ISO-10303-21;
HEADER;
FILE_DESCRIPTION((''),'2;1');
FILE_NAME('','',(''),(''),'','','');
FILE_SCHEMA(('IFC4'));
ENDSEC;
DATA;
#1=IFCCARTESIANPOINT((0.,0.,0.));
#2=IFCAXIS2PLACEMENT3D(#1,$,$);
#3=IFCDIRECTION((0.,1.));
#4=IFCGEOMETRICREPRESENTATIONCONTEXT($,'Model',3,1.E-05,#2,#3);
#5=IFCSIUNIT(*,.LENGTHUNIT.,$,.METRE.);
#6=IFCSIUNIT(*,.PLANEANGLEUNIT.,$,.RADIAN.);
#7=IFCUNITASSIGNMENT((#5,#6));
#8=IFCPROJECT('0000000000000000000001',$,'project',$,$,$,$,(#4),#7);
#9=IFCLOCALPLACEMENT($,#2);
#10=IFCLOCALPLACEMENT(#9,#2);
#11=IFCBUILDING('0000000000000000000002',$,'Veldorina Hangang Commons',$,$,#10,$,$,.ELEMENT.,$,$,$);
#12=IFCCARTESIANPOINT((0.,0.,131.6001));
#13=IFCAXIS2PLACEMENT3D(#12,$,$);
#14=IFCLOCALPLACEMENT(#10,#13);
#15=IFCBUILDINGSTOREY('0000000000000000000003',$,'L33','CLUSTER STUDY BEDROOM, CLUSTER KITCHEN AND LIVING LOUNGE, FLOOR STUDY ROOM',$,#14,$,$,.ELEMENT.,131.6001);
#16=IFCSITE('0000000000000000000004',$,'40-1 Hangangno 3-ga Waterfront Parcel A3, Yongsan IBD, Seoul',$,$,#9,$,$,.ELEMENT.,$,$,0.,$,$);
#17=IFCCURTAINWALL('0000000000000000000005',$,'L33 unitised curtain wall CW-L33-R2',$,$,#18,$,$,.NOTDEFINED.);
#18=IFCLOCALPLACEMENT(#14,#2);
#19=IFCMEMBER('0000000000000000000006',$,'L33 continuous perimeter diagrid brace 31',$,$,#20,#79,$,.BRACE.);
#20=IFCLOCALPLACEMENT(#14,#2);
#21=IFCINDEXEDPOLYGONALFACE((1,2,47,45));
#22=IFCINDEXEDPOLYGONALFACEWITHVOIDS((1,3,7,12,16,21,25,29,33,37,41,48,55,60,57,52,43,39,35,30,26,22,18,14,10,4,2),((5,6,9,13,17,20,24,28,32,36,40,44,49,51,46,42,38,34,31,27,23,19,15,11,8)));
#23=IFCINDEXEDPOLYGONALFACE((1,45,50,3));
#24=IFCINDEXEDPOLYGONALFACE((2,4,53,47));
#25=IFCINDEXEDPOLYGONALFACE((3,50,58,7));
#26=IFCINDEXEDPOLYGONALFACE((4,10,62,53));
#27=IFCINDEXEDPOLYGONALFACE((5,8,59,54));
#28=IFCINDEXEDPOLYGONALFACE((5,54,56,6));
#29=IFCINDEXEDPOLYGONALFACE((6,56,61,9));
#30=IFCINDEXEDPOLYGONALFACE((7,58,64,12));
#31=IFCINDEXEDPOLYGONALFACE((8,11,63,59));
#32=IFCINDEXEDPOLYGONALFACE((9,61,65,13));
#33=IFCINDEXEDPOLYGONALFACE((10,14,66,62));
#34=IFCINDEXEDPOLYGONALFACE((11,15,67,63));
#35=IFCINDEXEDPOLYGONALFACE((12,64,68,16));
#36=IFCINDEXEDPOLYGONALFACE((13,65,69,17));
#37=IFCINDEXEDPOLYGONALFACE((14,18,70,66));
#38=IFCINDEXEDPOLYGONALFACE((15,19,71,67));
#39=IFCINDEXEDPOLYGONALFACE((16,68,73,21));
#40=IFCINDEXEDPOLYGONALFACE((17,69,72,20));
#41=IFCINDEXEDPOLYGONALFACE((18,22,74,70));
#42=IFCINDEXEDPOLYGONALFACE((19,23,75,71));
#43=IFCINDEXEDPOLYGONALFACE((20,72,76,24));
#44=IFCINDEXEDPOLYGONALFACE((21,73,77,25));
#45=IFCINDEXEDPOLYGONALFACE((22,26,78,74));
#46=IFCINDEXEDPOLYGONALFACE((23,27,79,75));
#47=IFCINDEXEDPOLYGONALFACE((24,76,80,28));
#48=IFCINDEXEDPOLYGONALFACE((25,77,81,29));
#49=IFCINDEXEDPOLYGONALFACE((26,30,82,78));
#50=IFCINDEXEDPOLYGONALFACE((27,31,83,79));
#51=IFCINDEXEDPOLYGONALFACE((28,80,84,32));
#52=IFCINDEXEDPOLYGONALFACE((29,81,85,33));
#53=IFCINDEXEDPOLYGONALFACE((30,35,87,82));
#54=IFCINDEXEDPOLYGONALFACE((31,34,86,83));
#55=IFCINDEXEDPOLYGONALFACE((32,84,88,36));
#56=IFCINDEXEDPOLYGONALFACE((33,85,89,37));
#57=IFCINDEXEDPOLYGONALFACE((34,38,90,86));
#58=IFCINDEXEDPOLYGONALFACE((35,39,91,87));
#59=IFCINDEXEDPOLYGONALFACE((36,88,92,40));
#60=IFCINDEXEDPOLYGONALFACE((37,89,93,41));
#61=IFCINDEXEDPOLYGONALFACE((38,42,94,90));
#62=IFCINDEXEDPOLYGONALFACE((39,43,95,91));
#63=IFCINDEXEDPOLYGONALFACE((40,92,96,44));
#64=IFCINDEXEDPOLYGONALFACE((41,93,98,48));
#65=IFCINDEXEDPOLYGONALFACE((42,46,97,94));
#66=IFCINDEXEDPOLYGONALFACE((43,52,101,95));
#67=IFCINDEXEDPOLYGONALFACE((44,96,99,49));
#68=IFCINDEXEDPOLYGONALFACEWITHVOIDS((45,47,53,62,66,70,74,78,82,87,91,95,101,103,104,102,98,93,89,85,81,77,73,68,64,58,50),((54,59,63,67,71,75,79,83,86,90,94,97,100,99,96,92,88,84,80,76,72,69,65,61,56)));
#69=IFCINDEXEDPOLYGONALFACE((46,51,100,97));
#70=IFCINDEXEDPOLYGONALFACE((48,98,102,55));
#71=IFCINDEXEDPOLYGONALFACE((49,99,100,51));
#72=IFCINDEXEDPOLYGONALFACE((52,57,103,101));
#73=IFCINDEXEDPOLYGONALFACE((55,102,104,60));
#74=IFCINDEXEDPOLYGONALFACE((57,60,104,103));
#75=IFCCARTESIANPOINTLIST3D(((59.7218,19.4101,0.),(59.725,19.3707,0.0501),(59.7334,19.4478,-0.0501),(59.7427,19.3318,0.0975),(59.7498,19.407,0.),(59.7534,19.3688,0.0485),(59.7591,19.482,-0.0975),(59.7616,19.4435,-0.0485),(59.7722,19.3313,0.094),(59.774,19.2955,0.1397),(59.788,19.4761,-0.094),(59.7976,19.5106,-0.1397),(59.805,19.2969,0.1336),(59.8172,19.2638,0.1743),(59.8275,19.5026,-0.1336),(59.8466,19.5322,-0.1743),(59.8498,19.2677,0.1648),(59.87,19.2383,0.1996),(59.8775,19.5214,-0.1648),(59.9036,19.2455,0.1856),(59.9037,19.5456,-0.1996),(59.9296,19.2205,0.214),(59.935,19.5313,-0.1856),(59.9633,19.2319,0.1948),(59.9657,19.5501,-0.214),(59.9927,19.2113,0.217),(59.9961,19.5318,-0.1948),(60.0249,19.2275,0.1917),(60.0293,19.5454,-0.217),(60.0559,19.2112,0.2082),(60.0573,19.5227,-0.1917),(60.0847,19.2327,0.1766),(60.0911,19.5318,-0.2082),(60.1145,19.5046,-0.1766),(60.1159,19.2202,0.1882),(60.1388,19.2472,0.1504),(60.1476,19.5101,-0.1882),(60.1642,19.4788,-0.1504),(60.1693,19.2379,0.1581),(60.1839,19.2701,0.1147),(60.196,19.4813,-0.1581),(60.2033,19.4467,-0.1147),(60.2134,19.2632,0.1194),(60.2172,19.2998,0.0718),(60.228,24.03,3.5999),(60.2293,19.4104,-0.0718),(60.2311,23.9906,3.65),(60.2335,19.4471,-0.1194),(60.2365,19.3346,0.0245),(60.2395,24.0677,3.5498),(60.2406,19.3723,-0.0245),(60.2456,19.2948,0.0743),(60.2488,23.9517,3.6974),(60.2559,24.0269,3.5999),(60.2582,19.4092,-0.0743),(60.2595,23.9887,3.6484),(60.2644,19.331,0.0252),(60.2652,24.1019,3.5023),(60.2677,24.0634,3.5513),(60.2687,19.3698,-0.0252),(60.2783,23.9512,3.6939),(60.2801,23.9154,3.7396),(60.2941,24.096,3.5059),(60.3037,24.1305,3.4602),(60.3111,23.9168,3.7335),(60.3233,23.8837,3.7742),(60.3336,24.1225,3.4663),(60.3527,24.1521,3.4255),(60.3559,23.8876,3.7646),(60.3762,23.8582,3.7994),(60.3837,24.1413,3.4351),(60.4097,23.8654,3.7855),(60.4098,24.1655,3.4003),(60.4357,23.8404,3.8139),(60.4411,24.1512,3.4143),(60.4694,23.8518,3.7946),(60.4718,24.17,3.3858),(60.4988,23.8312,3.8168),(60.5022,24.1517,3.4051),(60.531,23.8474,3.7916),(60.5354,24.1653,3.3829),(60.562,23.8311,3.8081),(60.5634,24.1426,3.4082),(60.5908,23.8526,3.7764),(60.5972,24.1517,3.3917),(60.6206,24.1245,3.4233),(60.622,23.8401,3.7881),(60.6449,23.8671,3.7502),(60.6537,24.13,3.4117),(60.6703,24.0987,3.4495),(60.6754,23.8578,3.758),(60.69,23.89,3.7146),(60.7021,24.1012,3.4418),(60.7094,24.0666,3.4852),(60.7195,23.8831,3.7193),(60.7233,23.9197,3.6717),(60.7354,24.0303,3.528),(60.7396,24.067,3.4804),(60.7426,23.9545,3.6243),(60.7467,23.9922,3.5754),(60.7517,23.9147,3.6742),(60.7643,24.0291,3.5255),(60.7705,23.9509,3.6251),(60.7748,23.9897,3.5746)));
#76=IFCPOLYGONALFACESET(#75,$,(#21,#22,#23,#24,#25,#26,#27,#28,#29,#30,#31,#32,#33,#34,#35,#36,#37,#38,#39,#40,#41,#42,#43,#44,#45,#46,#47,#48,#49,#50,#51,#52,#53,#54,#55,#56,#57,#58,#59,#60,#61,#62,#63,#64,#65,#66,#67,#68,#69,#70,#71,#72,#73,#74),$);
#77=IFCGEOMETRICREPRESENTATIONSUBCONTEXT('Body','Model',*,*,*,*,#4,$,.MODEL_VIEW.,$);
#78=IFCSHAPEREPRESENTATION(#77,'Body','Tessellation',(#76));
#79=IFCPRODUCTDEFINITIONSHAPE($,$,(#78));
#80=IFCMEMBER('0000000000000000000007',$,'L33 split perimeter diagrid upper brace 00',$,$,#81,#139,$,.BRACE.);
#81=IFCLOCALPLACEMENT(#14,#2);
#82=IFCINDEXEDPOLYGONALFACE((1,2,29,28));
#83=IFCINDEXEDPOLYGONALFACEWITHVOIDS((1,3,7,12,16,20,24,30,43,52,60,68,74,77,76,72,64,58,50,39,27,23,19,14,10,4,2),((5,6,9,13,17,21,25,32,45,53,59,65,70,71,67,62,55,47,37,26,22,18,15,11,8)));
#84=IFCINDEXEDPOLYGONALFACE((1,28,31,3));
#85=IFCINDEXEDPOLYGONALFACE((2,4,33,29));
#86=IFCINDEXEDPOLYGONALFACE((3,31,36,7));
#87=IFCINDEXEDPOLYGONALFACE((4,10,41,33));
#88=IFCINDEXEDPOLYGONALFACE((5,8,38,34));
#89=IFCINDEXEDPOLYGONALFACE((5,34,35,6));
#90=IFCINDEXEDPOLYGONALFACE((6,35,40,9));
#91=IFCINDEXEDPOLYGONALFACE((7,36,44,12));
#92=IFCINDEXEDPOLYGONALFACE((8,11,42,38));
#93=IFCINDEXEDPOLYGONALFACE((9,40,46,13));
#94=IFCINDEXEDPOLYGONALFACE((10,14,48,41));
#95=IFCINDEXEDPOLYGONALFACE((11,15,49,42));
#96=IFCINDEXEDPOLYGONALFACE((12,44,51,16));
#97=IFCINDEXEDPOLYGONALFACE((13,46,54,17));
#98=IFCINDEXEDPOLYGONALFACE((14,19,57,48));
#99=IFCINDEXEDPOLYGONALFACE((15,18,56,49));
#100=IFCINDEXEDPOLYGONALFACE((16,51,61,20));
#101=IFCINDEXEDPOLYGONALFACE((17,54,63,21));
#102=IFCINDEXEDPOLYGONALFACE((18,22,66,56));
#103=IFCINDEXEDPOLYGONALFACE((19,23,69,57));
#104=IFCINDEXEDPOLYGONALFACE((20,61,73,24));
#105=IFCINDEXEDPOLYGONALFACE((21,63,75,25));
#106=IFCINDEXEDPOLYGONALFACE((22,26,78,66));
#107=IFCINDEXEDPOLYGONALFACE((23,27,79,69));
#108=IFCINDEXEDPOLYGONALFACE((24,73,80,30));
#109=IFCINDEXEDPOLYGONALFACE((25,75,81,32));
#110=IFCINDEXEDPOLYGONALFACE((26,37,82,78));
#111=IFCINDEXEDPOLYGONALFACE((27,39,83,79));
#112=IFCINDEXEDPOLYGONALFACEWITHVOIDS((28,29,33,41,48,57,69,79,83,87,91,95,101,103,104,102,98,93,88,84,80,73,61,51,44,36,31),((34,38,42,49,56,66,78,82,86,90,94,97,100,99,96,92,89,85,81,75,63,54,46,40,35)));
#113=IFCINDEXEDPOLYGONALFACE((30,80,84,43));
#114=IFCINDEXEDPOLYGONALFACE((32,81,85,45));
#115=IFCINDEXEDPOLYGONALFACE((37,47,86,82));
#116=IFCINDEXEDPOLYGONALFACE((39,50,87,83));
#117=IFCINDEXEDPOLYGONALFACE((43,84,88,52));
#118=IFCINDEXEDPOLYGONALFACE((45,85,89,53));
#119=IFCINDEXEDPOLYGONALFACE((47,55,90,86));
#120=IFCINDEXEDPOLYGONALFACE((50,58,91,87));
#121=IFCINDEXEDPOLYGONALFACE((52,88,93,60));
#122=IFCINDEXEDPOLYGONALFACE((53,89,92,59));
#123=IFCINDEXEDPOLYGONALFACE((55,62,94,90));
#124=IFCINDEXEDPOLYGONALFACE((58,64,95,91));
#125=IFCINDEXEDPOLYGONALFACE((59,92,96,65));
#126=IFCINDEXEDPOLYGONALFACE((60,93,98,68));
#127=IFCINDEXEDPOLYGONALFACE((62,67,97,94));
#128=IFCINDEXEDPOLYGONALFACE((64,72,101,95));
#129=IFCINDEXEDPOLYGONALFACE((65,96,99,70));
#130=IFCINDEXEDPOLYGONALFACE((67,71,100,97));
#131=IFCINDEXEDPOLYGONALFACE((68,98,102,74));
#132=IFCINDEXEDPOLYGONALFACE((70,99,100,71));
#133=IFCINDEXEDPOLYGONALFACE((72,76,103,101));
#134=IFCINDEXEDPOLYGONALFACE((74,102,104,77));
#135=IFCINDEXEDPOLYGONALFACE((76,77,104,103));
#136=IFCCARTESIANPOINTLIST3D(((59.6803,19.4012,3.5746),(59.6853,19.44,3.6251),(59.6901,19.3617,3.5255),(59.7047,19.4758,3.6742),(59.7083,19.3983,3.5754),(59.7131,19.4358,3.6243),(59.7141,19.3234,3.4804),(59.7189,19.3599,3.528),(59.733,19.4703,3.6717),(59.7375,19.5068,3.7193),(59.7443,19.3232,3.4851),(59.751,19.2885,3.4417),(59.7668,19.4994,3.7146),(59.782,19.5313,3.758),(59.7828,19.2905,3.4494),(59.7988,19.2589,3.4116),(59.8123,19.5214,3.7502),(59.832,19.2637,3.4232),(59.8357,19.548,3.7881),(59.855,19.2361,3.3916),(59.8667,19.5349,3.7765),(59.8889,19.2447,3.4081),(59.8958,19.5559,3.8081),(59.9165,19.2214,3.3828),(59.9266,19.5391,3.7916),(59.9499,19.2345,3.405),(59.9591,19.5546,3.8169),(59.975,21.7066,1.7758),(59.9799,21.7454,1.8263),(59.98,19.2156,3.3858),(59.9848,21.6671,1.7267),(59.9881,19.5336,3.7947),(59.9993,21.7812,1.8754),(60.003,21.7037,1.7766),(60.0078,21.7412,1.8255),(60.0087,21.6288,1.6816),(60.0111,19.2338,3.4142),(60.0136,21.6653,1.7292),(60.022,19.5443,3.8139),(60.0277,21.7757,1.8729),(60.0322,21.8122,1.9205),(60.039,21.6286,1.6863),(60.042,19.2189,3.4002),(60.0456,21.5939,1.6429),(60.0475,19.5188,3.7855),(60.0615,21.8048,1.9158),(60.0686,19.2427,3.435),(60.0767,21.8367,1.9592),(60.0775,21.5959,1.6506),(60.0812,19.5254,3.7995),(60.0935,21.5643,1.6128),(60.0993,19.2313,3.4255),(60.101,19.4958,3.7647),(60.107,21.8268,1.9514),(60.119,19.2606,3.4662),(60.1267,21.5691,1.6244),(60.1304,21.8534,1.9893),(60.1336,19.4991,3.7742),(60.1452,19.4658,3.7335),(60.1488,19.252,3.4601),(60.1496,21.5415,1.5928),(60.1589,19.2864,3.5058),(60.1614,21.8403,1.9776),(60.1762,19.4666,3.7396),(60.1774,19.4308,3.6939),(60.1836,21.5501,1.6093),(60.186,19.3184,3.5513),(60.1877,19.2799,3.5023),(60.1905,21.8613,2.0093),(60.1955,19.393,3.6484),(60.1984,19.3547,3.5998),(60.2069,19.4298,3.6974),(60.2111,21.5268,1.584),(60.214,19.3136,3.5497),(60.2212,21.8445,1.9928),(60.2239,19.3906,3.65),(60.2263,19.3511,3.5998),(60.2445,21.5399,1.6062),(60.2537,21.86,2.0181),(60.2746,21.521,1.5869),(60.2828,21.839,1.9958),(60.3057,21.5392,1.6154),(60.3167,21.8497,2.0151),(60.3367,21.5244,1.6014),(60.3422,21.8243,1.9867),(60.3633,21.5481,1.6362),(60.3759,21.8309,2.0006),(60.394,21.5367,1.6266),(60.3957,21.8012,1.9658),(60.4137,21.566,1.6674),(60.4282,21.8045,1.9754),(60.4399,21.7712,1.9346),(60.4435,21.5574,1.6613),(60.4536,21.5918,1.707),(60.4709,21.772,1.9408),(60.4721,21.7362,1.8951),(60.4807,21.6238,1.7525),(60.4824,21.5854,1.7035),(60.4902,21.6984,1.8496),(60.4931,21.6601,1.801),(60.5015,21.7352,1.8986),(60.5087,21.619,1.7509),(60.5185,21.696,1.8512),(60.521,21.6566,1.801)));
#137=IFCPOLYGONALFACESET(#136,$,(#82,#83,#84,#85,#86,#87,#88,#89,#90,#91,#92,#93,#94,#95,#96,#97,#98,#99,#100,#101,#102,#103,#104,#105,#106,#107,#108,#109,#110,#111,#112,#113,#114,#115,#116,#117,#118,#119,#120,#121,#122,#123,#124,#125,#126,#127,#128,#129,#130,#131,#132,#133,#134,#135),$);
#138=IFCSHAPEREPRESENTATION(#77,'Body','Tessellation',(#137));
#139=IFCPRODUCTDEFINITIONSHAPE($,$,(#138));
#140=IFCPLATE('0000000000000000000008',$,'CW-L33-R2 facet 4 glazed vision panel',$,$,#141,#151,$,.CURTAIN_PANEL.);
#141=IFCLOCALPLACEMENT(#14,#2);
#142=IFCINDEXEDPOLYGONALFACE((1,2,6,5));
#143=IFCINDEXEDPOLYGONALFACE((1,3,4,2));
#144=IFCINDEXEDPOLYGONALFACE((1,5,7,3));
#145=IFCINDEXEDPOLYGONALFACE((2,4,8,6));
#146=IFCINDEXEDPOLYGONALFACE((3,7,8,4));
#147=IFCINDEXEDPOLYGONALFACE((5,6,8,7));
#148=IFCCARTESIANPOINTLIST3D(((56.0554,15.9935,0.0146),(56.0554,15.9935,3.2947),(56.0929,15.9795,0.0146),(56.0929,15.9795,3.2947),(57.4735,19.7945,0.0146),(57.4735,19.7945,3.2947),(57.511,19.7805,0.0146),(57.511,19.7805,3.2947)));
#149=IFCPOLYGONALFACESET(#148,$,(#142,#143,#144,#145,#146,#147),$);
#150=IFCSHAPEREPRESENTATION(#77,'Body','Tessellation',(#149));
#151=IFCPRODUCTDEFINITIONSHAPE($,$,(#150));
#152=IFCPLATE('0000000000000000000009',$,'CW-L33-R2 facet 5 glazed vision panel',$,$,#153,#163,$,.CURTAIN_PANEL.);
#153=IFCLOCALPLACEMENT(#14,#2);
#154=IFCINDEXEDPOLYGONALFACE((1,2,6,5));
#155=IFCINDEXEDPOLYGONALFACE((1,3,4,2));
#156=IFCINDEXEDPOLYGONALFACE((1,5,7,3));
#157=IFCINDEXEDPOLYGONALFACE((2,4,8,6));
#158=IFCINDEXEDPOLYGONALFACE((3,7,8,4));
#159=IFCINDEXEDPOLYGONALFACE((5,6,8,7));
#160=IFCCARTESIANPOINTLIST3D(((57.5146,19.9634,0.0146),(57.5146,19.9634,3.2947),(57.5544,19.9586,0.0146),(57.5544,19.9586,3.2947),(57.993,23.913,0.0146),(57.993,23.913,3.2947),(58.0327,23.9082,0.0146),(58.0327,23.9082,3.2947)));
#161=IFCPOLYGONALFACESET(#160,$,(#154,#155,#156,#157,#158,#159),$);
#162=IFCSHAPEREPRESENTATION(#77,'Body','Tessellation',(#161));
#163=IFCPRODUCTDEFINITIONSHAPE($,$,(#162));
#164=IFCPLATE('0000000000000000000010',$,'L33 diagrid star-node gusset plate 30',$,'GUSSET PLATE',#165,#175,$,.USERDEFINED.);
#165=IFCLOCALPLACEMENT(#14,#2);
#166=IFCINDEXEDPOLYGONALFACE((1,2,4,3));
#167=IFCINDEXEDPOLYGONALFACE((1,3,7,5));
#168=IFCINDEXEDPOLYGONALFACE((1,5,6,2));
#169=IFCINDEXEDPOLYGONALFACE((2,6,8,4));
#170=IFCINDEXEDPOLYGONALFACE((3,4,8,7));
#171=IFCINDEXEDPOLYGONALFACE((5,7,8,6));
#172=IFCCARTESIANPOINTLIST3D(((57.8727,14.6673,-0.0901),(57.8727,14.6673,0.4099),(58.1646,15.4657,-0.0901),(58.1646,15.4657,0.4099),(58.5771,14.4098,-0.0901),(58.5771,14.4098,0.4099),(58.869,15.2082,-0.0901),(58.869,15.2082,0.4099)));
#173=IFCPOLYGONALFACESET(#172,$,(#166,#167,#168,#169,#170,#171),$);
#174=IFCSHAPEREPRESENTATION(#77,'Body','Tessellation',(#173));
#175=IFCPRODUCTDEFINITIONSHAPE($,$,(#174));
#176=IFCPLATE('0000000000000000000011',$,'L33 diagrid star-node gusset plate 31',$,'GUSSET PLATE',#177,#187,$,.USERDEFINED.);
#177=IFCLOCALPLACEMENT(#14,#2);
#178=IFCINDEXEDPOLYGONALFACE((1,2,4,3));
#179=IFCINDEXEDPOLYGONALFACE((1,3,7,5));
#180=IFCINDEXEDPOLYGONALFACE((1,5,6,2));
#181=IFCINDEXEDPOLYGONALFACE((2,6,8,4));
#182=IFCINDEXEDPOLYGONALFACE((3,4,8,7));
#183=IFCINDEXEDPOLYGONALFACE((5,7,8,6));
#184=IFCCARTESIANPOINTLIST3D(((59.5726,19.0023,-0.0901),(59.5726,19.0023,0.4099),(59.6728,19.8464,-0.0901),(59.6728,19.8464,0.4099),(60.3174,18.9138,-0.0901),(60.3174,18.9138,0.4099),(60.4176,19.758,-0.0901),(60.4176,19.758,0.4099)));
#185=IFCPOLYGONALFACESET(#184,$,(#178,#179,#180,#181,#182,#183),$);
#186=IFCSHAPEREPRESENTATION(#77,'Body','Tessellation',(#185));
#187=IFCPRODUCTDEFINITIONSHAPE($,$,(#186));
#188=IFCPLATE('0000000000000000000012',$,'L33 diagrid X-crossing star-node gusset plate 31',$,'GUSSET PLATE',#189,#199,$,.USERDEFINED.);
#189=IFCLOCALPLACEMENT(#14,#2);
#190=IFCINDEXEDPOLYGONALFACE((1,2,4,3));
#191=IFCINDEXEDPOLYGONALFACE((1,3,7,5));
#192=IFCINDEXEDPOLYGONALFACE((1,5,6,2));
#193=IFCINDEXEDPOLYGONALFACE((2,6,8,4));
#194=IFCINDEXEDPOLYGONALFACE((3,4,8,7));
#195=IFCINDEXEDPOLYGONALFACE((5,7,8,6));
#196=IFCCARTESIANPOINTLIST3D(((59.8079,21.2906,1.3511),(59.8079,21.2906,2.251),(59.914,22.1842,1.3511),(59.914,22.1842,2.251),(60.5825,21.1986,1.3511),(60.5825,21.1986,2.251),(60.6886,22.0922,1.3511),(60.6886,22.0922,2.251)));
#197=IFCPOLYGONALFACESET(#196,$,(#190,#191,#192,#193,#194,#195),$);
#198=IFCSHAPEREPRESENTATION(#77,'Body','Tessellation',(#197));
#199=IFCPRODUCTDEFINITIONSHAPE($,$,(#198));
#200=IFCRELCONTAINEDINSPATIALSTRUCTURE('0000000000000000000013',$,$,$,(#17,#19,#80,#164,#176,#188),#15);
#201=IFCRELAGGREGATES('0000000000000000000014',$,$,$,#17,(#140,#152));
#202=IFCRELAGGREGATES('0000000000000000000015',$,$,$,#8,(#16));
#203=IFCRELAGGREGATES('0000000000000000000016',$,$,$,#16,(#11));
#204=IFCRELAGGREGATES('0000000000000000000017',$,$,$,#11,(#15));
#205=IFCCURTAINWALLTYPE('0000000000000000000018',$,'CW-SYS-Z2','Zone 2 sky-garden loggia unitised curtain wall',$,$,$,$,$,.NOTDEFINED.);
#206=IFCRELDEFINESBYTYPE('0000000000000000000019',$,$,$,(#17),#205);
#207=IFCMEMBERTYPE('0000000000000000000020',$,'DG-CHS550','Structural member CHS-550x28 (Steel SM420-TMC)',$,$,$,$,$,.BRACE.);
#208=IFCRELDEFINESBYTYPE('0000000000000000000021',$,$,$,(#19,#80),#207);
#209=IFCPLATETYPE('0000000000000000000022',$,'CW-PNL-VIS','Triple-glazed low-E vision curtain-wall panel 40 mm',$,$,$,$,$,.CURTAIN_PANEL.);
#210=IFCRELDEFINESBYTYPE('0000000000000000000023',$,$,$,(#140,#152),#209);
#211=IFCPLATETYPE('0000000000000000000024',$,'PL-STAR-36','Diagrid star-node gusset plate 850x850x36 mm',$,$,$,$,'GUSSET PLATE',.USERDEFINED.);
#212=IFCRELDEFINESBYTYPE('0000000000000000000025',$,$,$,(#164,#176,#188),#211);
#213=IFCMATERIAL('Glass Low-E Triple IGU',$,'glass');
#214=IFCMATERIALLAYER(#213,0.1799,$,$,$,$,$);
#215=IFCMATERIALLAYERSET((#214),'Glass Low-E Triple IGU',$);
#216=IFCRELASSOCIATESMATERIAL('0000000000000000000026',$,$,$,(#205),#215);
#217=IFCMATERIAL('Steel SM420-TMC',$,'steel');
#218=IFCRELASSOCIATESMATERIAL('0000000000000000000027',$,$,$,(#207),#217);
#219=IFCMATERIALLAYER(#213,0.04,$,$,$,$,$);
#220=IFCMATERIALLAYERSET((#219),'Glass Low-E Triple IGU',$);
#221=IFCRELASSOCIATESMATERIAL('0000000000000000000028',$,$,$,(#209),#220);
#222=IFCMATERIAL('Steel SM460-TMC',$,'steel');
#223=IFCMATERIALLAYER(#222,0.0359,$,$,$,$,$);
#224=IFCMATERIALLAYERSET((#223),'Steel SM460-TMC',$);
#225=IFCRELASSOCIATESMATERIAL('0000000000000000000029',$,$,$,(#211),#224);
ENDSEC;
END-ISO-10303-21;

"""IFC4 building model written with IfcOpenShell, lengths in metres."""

from ifc_helpers import new_model, si_unit, direction, frame, origin, origin_2d, place, context, subcontext, project, spatial, rectangle, hollow_circle, extrude, material, layer, layer_set, material_profile, profile_set, type_object, element, aggregate, save


model = new_model("IFC4")

# Units and contexts
model_context = context("Model", 3, precision=1e-05, world=origin(), true_north=direction((0.0, 1.0)))
body_context = subcontext(model_context, "Body", "Model", "MODEL_VIEW")
ifc_project = project(units=[si_unit("LENGTHUNIT", "METRE"), si_unit("PLANEANGLEUNIT", "RADIAN")], contexts=[model_context])

# Site, building, storey
site_placement = place(None, origin())
site = spatial("IfcSite", under=ifc_project, at=site_placement, Name="40-1 Hangangno 3-ga Waterfront Parcel A3, Yongsan IBD, Seoul", CompositionType="ELEMENT", RefElevation=0.0)
building_placement = place(site_placement, origin())
building = spatial("IfcBuilding", under=site, at=building_placement, Name="Veldorina Hangang Commons", CompositionType="ELEMENT")
storey_placement = place(building_placement, frame((0.0, 0.0, 131.6001)))
storey = spatial("IfcBuildingStorey", under=building, at=storey_placement, Name="L33", Description="CLUSTER STUDY BEDROOM, CLUSTER KITCHEN AND LIVING LOUNGE, FLOOR STUDY ROOM", CompositionType="ELEMENT", Elevation=131.6001)

# Shared definitions
ifc_material_1 = material(Name="Steel SM420-TMC", Category="steel")

# Curtain wall
ifc_material_2 = material(Name="Glass Low-E Triple IGU", Category="glass")
ifc_layer_1 = layer(ifc_material_2, 0.1799)
ifc_layer_set_1 = layer_set([ifc_layer_1], Name="Glass Low-E Triple IGU")
curtain_wall_type = type_object("IfcCurtainWallType", Name="CW-SYS-Z2", Description="Zone 2 sky-garden loggia unitised curtain wall", PredefinedType="NOTDEFINED", material=ifc_layer_set_1)
curtain_wall_placement = place(storey_placement, origin())
curtain_wall = element("IfcCurtainWall", 1, at=curtain_wall_placement, inside=storey, type_object=curtain_wall_type, Name="L33 unitised curtain wall CW-L33-R2", PredefinedType="NOTDEFINED")

# Members
ifc_material_profile_1 = material_profile(ifc_material_1, hollow_circle(Radius=0.2749, WallThickness=0.0281, at=origin_2d()), Name="CHS-550x28")
ifc_profile_set_1 = profile_set([ifc_material_profile_1], Name="Steel SM420-TMC")
member_type_1 = type_object("IfcMemberType", Name="DG-CHS550", Description="Structural member CHS-550x28 (Steel SM420-TMC)", PredefinedType="BRACE", material=ifc_profile_set_1)
member_1_placement = place(storey_placement, frame((59.9951, 19.3801, 0.0), z_axis=(0.086092, 0.785876, 0.612362), x_axis=(-0.994053, 0.108898, 0.0)))
element("IfcMember", 2, at=member_1_placement, inside=storey, type_object=member_type_1, Name="L33 continuous perimeter diagrid brace 31", PredefinedType="BRACE", context=body_context, shape_type="SweptSolid", body=[
    extrude(hollow_circle(Radius=0.2749, WallThickness=0.0281, at=origin_2d()), origin(), (0.0, 0.0, 1.0), 5.8787),
])
member_2_placement = place(storey_placement, frame((60.2483, 21.6914, 1.801), z_axis=(-0.100265, -0.78443, 0.61206), x_axis=(0.99193, -0.126788, 0.0)))
element("IfcMember", 3, at=member_2_placement, inside=storey, type_object=member_type_1, Name="L33 split perimeter diagrid upper brace 00", PredefinedType="BRACE", context=body_context, shape_type="SweptSolid", body=[
    extrude(hollow_circle(Radius=0.2749, WallThickness=0.0281, at=origin_2d()), origin(), (0.0, 0.0, 1.0), 2.939),
])

# Plates
ifc_layer_2 = layer(ifc_material_2, 0.04)
ifc_layer_set_2 = layer_set([ifc_layer_2], Name="Glass Low-E Triple IGU")
plate_type_1 = type_object("IfcPlateType", Name="CW-PNL-VIS", Description="Triple-glazed low-E vision curtain-wall panel 40 mm", PredefinedType="CURTAIN_PANEL", material=ifc_layer_set_2)
plate_1_placement = place(storey_placement, frame((56.7832, 17.887, 0.0146), z_axis=(0.0, 0.0, 1.0), x_axis=(0.349537, 0.936923, 0.0)))
plate_1 = element("IfcPlate", 4, at=plate_1_placement, type_object=plate_type_1, Name="CW-L33-R2 facet 4 glazed vision panel", PredefinedType="CURTAIN_PANEL", context=body_context, shape_type="SweptSolid", body=[
    extrude(rectangle(XDim=4.0569, YDim=0.04, at=origin_2d()), origin(), (0.0, 0.0, 1.0), 3.28),
])
plate_2_placement = place(storey_placement, frame((57.7737, 21.9358, 0.0146), z_axis=(0.0, 0.0, 1.0), x_axis=(0.120241, 0.992745, 0.0)))
plate_2 = element("IfcPlate", 5, at=plate_2_placement, type_object=plate_type_1, Name="CW-L33-R2 facet 5 glazed vision panel", PredefinedType="CURTAIN_PANEL", context=body_context, shape_type="SweptSolid", body=[
    extrude(rectangle(XDim=3.9785, YDim=0.04, at=origin_2d()), origin(), (0.0, 0.0, 1.0), 3.28),
])
aggregate(curtain_wall, [plate_1, plate_2])

# Plates
ifc_material_3 = material(Name="Steel SM460-TMC", Category="steel")
ifc_layer_3 = layer(ifc_material_3, 0.0359)
ifc_layer_set_3 = layer_set([ifc_layer_3], Name="Steel SM460-TMC")
plate_type_2 = type_object("IfcPlateType", Name="PL-STAR-36", Description="Diagrid star-node gusset plate 850x850x36 mm", ElementType="GUSSET PLATE", PredefinedType="USERDEFINED", material=ifc_layer_set_3)
for number, where, z_axis, x_axis, name in (
    (6, (58.3708, 14.9377, -0.0901), (0.0, 0.0, 1.0), (0.343414, 0.939184, 0.0), "L33 diagrid star-node gusset plate 30"),
    (7, (59.9951, 19.3801, -0.0901), (0.0, 0.0, 1.0), (0.117901, 0.993025, 0.0), "L33 diagrid star-node gusset plate 31"),
):
    element("IfcPlate", number, at=place(storey_placement, frame(where, z_axis=z_axis, x_axis=x_axis)), inside=storey, type_object=plate_type_2, Name=name, ObjectType="GUSSET PLATE", PredefinedType="USERDEFINED", context=body_context, shape_type="SweptSolid", body=[
        extrude(rectangle(XDim=0.8501, YDim=0.75, at=origin_2d()), origin(), (0.0, 0.0, 1.0), 0.5),
    ])
plate_3_placement = place(storey_placement, frame((60.2483, 21.6914, 1.3511), z_axis=(0.0, 0.0, 1.0), x_axis=(0.117901, 0.993025, 0.0)))
element("IfcPlate", 8, at=plate_3_placement, inside=storey, type_object=plate_type_2, Name="L33 diagrid X-crossing star-node gusset plate 31", ObjectType="GUSSET PLATE", PredefinedType="USERDEFINED", context=body_context, shape_type="SweptSolid", body=[
    extrude(rectangle(XDim=0.8999, YDim=0.78, at=origin_2d()), origin(), (0.0, 0.0, 1.0), 0.8999),
])

save(model, "model.ifc")
